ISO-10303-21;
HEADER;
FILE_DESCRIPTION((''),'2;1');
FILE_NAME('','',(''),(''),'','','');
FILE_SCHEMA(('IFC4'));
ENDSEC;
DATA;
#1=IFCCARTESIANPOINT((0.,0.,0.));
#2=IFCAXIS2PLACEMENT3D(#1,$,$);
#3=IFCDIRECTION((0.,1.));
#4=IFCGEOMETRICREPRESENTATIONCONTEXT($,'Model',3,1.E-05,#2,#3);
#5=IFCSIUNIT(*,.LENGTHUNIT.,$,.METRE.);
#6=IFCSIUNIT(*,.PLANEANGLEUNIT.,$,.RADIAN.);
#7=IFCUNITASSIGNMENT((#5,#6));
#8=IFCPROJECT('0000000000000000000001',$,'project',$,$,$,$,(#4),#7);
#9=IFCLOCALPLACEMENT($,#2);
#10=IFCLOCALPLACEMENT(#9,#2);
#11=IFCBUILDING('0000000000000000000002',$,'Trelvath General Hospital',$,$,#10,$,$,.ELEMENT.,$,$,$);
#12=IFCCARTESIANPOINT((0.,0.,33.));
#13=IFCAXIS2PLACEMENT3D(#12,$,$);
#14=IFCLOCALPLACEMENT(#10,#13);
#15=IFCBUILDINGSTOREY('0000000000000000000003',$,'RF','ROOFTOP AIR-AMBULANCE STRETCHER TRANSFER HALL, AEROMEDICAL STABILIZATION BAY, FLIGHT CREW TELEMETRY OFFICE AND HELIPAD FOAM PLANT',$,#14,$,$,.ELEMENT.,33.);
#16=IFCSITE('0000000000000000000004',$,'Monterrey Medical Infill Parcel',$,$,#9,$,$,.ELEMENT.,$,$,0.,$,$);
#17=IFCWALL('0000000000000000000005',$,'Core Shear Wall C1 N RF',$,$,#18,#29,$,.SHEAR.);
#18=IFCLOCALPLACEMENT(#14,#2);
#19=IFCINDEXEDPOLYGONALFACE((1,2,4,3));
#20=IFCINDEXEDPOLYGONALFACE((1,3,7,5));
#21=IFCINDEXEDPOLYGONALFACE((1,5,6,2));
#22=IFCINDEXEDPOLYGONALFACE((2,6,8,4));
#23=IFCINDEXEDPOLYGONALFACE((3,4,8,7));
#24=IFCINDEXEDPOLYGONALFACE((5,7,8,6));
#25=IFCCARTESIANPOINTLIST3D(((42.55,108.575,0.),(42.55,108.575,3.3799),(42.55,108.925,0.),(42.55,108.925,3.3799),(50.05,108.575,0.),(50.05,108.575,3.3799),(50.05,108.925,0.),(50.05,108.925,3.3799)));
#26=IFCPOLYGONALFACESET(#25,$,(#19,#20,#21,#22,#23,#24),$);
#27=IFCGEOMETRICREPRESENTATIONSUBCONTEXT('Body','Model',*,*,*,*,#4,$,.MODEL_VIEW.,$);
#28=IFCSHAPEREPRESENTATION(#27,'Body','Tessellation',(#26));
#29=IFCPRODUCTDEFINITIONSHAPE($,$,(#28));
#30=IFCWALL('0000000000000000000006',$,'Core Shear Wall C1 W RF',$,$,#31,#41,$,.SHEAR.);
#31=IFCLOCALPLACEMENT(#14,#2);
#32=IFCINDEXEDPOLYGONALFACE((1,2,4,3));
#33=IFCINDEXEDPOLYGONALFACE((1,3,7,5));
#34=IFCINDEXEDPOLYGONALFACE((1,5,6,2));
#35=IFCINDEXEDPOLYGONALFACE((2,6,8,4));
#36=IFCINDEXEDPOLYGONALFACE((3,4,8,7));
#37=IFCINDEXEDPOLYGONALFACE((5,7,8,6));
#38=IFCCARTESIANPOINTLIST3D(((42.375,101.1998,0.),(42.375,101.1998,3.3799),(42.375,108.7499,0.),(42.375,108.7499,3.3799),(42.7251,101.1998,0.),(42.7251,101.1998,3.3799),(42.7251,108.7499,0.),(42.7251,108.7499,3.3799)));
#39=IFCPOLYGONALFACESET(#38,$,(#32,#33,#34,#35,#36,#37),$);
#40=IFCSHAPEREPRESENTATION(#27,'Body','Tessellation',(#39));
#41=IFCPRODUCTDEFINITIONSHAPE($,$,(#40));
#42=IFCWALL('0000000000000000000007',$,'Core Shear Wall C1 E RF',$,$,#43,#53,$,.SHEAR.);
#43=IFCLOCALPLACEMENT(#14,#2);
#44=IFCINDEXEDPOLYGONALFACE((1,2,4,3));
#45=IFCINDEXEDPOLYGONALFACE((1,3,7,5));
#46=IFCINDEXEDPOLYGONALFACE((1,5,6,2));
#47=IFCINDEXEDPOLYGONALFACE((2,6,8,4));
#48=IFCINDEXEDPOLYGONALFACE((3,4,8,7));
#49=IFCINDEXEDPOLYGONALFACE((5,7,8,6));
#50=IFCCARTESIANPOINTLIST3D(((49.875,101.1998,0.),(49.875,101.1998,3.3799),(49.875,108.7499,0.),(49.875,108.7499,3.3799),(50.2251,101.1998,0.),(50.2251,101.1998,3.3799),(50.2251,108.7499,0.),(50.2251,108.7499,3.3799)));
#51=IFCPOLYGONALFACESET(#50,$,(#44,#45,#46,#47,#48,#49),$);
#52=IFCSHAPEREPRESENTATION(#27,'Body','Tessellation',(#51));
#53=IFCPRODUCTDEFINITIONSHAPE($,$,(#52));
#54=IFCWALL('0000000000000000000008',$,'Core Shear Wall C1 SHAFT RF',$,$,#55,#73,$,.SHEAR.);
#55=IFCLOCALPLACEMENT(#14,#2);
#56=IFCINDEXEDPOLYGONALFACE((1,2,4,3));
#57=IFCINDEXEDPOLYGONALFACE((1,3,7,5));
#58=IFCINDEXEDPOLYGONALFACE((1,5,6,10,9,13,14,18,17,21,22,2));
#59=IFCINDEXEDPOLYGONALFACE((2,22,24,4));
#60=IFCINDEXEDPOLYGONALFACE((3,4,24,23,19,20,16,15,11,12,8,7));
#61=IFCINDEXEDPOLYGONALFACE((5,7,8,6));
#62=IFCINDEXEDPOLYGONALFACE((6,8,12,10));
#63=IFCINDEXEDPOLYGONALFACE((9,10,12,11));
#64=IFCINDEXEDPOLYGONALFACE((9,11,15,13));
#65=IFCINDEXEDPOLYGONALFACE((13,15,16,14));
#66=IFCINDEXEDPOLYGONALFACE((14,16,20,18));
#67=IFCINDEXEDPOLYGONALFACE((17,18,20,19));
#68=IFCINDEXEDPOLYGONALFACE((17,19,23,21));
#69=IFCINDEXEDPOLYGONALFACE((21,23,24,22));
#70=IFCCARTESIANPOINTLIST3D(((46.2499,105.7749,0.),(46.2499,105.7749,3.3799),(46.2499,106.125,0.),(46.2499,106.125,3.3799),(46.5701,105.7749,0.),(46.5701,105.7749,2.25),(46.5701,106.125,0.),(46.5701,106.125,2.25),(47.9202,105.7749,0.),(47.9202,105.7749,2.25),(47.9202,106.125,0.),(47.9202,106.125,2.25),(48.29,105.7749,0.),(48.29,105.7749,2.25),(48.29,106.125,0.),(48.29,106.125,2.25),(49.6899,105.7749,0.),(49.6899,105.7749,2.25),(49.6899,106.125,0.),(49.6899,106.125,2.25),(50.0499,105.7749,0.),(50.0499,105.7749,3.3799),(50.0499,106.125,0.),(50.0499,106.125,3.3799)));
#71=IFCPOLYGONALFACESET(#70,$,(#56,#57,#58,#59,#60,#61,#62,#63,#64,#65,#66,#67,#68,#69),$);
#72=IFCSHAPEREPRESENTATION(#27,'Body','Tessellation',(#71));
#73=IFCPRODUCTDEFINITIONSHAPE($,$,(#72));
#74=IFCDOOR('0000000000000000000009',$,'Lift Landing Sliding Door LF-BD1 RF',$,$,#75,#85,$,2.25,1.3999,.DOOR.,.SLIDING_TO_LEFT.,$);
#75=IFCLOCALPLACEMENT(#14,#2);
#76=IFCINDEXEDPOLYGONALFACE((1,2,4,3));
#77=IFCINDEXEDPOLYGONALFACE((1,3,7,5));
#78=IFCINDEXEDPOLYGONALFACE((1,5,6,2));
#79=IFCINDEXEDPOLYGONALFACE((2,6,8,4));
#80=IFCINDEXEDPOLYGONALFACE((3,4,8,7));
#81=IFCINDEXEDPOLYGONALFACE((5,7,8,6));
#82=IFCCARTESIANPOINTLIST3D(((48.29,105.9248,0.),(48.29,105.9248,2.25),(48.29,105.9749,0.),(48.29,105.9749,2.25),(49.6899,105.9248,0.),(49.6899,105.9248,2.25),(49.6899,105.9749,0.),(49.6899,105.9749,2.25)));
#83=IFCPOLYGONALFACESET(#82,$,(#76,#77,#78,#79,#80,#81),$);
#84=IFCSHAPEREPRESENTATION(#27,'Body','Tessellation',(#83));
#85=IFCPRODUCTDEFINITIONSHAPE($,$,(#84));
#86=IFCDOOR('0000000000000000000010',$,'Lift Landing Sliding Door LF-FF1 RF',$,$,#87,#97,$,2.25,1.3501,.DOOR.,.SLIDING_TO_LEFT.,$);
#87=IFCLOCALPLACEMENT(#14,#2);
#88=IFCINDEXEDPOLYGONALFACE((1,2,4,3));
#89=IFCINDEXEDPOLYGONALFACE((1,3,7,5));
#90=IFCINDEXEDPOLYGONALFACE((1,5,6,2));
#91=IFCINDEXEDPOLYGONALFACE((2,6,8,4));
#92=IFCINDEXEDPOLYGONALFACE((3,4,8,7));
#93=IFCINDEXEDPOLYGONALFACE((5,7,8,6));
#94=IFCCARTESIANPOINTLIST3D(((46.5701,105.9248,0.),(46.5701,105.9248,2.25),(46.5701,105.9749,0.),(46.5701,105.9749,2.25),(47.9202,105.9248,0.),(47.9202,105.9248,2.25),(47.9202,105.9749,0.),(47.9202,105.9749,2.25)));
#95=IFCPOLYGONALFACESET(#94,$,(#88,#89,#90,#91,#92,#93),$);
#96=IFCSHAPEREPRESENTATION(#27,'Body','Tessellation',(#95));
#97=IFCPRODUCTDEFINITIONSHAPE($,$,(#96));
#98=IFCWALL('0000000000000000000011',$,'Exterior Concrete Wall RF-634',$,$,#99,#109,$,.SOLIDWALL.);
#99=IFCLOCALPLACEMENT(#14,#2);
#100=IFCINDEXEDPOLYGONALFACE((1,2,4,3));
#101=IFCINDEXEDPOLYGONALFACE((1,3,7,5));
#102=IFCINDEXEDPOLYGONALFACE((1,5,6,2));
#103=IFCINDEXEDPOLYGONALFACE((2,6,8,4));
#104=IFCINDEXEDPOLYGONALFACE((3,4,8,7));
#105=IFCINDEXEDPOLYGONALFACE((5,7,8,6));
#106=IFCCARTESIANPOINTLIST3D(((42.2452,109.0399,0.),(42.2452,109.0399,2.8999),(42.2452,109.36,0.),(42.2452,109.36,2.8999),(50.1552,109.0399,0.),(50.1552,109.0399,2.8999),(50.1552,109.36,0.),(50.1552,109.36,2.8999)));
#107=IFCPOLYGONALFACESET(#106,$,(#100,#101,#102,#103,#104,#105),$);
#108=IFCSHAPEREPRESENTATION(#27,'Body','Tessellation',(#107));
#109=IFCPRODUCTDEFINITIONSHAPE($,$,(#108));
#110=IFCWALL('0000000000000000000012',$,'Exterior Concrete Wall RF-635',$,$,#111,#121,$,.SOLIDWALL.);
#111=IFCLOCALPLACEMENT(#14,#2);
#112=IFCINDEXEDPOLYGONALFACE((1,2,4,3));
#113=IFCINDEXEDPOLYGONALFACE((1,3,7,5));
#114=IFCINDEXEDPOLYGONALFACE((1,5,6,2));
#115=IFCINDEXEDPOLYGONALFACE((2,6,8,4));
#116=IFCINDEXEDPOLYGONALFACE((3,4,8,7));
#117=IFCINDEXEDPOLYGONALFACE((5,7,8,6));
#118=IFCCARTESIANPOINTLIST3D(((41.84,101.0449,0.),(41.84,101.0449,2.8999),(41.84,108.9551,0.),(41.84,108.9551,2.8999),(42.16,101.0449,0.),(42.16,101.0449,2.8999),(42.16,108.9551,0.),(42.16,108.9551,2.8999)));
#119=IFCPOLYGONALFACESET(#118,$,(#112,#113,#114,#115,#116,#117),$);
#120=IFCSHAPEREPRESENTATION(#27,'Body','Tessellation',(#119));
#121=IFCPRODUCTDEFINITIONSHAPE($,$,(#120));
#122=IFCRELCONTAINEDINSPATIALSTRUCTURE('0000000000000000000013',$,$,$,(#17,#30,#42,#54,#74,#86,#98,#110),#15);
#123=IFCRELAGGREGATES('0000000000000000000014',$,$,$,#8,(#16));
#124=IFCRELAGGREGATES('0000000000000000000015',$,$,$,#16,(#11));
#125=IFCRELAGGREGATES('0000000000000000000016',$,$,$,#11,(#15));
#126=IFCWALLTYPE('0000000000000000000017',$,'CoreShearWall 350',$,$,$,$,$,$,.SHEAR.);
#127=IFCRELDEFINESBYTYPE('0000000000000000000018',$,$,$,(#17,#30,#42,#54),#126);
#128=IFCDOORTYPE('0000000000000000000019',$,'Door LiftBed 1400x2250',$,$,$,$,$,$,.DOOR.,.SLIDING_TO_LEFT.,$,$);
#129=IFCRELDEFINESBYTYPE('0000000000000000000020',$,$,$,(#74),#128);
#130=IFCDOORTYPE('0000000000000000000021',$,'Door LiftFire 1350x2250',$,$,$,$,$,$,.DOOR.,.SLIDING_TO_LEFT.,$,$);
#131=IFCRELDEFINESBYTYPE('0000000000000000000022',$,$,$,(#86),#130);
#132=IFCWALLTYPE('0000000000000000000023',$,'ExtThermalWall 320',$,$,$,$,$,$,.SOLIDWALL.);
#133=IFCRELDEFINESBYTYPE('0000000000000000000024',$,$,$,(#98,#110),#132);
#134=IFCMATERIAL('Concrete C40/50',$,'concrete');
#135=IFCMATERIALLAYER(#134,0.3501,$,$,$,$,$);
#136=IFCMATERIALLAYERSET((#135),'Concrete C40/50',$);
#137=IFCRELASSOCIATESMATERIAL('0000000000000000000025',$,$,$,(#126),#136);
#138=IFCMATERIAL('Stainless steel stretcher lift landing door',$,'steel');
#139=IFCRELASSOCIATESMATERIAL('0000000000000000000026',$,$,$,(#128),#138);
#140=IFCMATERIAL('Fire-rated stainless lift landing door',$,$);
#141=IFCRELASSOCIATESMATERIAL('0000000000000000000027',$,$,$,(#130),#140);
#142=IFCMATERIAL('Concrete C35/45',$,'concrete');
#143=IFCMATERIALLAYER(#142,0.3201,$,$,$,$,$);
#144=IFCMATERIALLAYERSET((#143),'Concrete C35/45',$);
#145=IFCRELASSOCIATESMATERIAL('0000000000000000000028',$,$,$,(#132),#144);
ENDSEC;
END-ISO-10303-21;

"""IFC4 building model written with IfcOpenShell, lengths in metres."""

from ifc_helpers import new_model, si_unit, direction, frame, frame_2d, origin, place, context, subcontext, project, spatial, rectangle, extrude, material, layer, layer_set, type_object, element, fill, save


model = new_model("IFC4")

# Units and contexts
model_context = context("Model", 3, precision=1e-05, world=origin(), true_north=direction((0.0, 1.0)))
body_context = subcontext(model_context, "Body", "Model", "MODEL_VIEW")
ifc_project = project(units=[si_unit("LENGTHUNIT", "METRE"), si_unit("PLANEANGLEUNIT", "RADIAN")], contexts=[model_context])

# Site, building, storey
site_placement = place(None, origin())
site = spatial("IfcSite", under=ifc_project, at=site_placement, Name="Monterrey Medical Infill Parcel", CompositionType="ELEMENT", RefElevation=0.0)
building_placement = place(site_placement, origin())
building = spatial("IfcBuilding", under=site, at=building_placement, Name="Trelvath General Hospital", CompositionType="ELEMENT")
storey_placement = place(building_placement, frame((0.0, 0.0, 33.0)))
storey = spatial("IfcBuildingStorey", under=building, at=storey_placement, Name="RF", Description="ROOFTOP AIR-AMBULANCE STRETCHER TRANSFER HALL, AEROMEDICAL STABILIZATION BAY, FLIGHT CREW TELEMETRY OFFICE AND HELIPAD FOAM PLANT", CompositionType="ELEMENT", Elevation=33.0)

# Shared definitions
ifc_material_1 = material(Name="Concrete C40/50", Category="concrete")
ifc_layer_1 = layer(ifc_material_1, 0.3501)
ifc_layer_set_1 = layer_set([ifc_layer_1], Name="Concrete C40/50")
wall_type_1 = type_object("IfcWallType", Name="CoreShearWall 350", PredefinedType="SHEAR", material=ifc_layer_set_1)

# Walls
wall_1_placement = place(storey_placement, frame((42.55, 108.75, 0.0), z_axis=(0.0, 0.0, 1.0), x_axis=(1.0, 0.0, 0.0)))
element("IfcWall", 1, at=wall_1_placement, inside=storey, type_object=wall_type_1, Name="Core Shear Wall C1 N RF", PredefinedType="SHEAR", context=body_context, shape_type="SweptSolid", body=[
    extrude(rectangle(XDim=7.5, YDim=0.3501, at=frame_2d((3.75, 0.0))), origin(), (0.0, 0.0, 1.0), 3.3799),
])
for number, where, z_axis, x_axis, name in (
    (2, (42.55, 101.2, 0.0), (0.0, 0.0, 1.0), (0.0, 1.0, 0.0), "Core Shear Wall C1 W RF"),
    (3, (50.05, 101.2, 0.0), (0.0, 0.0, 1.0), (0.0, 1.0, 0.0), "Core Shear Wall C1 E RF"),
):
    element("IfcWall", number, at=place(storey_placement, frame(where, z_axis=z_axis, x_axis=x_axis)), inside=storey, type_object=wall_type_1, Name=name, PredefinedType="SHEAR", context=body_context, shape_type="SweptSolid", body=[
        extrude(rectangle(XDim=7.55, YDim=0.3501, at=frame_2d((3.7749, 0.0))), origin(), (0.0, 0.0, 1.0), 3.3799),
    ])

# Wall, openings, doors
wall_2_placement = place(storey_placement, frame((46.25, 105.95, 0.0), z_axis=(0.0, 0.0, 1.0), x_axis=(1.0, 0.0, 0.0)))
wall_2 = element("IfcWall", 4, at=wall_2_placement, inside=storey, type_object=wall_type_1, Name="Core Shear Wall C1 SHAFT RF", PredefinedType="SHEAR", context=body_context, shape_type="SweptSolid", body=[
    extrude(rectangle(XDim=3.8, YDim=0.3501, at=frame_2d((1.8999, 0.0))), origin(), (0.0, 0.0, 1.0), 3.3799),
])
opening_1_placement = place(wall_2_placement, frame((0.3201, 0.0, 0.0)))
opening_1 = element("IfcOpeningElement", 5, at=opening_1_placement, cuts=wall_2, PredefinedType="OPENING", context=body_context, shape_type="SweptSolid", body=[
    extrude(rectangle(XDim=1.3501, YDim=2.25, at=frame_2d((0.675, 1.125))), frame((0.0, 0.1851, 0.0), z_axis=(0.0, -1.0, 0.0), x_axis=(1.0, 0.0, 0.0)), (0.0, 0.0, 1.0), 0.3701),
])
opening_2_placement = place(wall_2_placement, frame((2.04, 0.0, 0.0)))
opening_2 = element("IfcOpeningElement", 6, at=opening_2_placement, cuts=wall_2, PredefinedType="OPENING", context=body_context, shape_type="SweptSolid", body=[
    extrude(rectangle(XDim=1.3999, YDim=2.25, at=frame_2d((0.7, 1.125))), frame((0.0, 0.1851, 0.0), z_axis=(0.0, -1.0, 0.0), x_axis=(1.0, 0.0, 0.0)), (0.0, 0.0, 1.0), 0.3701),
])
ifc_material_2 = material(Name="Stainless steel stretcher lift landing door", Category="steel")
door_type_1 = type_object("IfcDoorType", Name="Door LiftBed 1400x2250", OperationType="SLIDING_TO_LEFT", PredefinedType="DOOR", material=ifc_material_2)
door_1_placement = place(opening_2_placement, origin())
door_1 = element("IfcDoor", 7, at=door_1_placement, inside=storey, type_object=door_type_1, Name="Lift Landing Sliding Door LF-BD1 RF", OperationType="SLIDING_TO_LEFT", OverallHeight=2.25, OverallWidth=1.3999, PredefinedType="DOOR", context=body_context, shape_type="SweptSolid", body=[
    extrude(rectangle(XDim=1.3999, YDim=2.25, at=frame_2d((0.7, 1.125))), frame((0.0, 0.0249, 0.0), z_axis=(0.0, -1.0, 0.0), x_axis=(1.0, 0.0, 0.0)), (0.0, 0.0, 1.0), 0.05),
])
fill(opening_2, door_1)
ifc_material_3 = material(Name="Fire-rated stainless lift landing door")
door_type_2 = type_object("IfcDoorType", Name="Door LiftFire 1350x2250", OperationType="SLIDING_TO_LEFT", PredefinedType="DOOR", material=ifc_material_3)
door_2_placement = place(opening_1_placement, origin())
door_2 = element("IfcDoor", 8, at=door_2_placement, inside=storey, type_object=door_type_2, Name="Lift Landing Sliding Door LF-FF1 RF", OperationType="SLIDING_TO_LEFT", OverallHeight=2.25, OverallWidth=1.3501, PredefinedType="DOOR", context=body_context, shape_type="SweptSolid", body=[
    extrude(rectangle(XDim=1.3501, YDim=2.25, at=frame_2d((0.675, 1.125))), frame((0.0, 0.0249, 0.0), z_axis=(0.0, -1.0, 0.0), x_axis=(1.0, 0.0, 0.0)), (0.0, 0.0, 1.0), 0.05),
])
fill(opening_1, door_2)

# Walls
ifc_material_4 = material(Name="Concrete C35/45", Category="concrete")
ifc_layer_2 = layer(ifc_material_4, 0.3201)
ifc_layer_set_2 = layer_set([ifc_layer_2], Name="Concrete C35/45")
wall_type_2 = type_object("IfcWallType", Name="ExtThermalWall 320", PredefinedType="SOLIDWALL", material=ifc_layer_set_2)
wall_3_placement = place(storey_placement, frame((42.2451, 109.2, 0.0), z_axis=(0.0, 0.0, 1.0), x_axis=(1.0, 0.0, 0.0)))
element("IfcWall", 9, at=wall_3_placement, inside=storey, type_object=wall_type_2, Name="Exterior Concrete Wall RF-634", PredefinedType="SOLIDWALL", context=body_context, shape_type="SweptSolid", body=[
    extrude(rectangle(XDim=7.9099, YDim=0.3201, at=frame_2d((3.9551, 0.0))), origin(), (0.0, 0.0, 1.0), 2.8999),
])
wall_4_placement = place(storey_placement, frame((42.0, 101.0449, 0.0), z_axis=(0.0, 0.0, 1.0), x_axis=(0.0, 1.0, 0.0)))
element("IfcWall", 10, at=wall_4_placement, inside=storey, type_object=wall_type_2, Name="Exterior Concrete Wall RF-635", PredefinedType="SOLIDWALL", context=body_context, shape_type="SweptSolid", body=[
    extrude(rectangle(XDim=7.9102, YDim=0.3201, at=frame_2d((3.9551, 0.0))), origin(), (0.0, 0.0, 1.0), 2.8999),
])

save(model, "model.ifc")
